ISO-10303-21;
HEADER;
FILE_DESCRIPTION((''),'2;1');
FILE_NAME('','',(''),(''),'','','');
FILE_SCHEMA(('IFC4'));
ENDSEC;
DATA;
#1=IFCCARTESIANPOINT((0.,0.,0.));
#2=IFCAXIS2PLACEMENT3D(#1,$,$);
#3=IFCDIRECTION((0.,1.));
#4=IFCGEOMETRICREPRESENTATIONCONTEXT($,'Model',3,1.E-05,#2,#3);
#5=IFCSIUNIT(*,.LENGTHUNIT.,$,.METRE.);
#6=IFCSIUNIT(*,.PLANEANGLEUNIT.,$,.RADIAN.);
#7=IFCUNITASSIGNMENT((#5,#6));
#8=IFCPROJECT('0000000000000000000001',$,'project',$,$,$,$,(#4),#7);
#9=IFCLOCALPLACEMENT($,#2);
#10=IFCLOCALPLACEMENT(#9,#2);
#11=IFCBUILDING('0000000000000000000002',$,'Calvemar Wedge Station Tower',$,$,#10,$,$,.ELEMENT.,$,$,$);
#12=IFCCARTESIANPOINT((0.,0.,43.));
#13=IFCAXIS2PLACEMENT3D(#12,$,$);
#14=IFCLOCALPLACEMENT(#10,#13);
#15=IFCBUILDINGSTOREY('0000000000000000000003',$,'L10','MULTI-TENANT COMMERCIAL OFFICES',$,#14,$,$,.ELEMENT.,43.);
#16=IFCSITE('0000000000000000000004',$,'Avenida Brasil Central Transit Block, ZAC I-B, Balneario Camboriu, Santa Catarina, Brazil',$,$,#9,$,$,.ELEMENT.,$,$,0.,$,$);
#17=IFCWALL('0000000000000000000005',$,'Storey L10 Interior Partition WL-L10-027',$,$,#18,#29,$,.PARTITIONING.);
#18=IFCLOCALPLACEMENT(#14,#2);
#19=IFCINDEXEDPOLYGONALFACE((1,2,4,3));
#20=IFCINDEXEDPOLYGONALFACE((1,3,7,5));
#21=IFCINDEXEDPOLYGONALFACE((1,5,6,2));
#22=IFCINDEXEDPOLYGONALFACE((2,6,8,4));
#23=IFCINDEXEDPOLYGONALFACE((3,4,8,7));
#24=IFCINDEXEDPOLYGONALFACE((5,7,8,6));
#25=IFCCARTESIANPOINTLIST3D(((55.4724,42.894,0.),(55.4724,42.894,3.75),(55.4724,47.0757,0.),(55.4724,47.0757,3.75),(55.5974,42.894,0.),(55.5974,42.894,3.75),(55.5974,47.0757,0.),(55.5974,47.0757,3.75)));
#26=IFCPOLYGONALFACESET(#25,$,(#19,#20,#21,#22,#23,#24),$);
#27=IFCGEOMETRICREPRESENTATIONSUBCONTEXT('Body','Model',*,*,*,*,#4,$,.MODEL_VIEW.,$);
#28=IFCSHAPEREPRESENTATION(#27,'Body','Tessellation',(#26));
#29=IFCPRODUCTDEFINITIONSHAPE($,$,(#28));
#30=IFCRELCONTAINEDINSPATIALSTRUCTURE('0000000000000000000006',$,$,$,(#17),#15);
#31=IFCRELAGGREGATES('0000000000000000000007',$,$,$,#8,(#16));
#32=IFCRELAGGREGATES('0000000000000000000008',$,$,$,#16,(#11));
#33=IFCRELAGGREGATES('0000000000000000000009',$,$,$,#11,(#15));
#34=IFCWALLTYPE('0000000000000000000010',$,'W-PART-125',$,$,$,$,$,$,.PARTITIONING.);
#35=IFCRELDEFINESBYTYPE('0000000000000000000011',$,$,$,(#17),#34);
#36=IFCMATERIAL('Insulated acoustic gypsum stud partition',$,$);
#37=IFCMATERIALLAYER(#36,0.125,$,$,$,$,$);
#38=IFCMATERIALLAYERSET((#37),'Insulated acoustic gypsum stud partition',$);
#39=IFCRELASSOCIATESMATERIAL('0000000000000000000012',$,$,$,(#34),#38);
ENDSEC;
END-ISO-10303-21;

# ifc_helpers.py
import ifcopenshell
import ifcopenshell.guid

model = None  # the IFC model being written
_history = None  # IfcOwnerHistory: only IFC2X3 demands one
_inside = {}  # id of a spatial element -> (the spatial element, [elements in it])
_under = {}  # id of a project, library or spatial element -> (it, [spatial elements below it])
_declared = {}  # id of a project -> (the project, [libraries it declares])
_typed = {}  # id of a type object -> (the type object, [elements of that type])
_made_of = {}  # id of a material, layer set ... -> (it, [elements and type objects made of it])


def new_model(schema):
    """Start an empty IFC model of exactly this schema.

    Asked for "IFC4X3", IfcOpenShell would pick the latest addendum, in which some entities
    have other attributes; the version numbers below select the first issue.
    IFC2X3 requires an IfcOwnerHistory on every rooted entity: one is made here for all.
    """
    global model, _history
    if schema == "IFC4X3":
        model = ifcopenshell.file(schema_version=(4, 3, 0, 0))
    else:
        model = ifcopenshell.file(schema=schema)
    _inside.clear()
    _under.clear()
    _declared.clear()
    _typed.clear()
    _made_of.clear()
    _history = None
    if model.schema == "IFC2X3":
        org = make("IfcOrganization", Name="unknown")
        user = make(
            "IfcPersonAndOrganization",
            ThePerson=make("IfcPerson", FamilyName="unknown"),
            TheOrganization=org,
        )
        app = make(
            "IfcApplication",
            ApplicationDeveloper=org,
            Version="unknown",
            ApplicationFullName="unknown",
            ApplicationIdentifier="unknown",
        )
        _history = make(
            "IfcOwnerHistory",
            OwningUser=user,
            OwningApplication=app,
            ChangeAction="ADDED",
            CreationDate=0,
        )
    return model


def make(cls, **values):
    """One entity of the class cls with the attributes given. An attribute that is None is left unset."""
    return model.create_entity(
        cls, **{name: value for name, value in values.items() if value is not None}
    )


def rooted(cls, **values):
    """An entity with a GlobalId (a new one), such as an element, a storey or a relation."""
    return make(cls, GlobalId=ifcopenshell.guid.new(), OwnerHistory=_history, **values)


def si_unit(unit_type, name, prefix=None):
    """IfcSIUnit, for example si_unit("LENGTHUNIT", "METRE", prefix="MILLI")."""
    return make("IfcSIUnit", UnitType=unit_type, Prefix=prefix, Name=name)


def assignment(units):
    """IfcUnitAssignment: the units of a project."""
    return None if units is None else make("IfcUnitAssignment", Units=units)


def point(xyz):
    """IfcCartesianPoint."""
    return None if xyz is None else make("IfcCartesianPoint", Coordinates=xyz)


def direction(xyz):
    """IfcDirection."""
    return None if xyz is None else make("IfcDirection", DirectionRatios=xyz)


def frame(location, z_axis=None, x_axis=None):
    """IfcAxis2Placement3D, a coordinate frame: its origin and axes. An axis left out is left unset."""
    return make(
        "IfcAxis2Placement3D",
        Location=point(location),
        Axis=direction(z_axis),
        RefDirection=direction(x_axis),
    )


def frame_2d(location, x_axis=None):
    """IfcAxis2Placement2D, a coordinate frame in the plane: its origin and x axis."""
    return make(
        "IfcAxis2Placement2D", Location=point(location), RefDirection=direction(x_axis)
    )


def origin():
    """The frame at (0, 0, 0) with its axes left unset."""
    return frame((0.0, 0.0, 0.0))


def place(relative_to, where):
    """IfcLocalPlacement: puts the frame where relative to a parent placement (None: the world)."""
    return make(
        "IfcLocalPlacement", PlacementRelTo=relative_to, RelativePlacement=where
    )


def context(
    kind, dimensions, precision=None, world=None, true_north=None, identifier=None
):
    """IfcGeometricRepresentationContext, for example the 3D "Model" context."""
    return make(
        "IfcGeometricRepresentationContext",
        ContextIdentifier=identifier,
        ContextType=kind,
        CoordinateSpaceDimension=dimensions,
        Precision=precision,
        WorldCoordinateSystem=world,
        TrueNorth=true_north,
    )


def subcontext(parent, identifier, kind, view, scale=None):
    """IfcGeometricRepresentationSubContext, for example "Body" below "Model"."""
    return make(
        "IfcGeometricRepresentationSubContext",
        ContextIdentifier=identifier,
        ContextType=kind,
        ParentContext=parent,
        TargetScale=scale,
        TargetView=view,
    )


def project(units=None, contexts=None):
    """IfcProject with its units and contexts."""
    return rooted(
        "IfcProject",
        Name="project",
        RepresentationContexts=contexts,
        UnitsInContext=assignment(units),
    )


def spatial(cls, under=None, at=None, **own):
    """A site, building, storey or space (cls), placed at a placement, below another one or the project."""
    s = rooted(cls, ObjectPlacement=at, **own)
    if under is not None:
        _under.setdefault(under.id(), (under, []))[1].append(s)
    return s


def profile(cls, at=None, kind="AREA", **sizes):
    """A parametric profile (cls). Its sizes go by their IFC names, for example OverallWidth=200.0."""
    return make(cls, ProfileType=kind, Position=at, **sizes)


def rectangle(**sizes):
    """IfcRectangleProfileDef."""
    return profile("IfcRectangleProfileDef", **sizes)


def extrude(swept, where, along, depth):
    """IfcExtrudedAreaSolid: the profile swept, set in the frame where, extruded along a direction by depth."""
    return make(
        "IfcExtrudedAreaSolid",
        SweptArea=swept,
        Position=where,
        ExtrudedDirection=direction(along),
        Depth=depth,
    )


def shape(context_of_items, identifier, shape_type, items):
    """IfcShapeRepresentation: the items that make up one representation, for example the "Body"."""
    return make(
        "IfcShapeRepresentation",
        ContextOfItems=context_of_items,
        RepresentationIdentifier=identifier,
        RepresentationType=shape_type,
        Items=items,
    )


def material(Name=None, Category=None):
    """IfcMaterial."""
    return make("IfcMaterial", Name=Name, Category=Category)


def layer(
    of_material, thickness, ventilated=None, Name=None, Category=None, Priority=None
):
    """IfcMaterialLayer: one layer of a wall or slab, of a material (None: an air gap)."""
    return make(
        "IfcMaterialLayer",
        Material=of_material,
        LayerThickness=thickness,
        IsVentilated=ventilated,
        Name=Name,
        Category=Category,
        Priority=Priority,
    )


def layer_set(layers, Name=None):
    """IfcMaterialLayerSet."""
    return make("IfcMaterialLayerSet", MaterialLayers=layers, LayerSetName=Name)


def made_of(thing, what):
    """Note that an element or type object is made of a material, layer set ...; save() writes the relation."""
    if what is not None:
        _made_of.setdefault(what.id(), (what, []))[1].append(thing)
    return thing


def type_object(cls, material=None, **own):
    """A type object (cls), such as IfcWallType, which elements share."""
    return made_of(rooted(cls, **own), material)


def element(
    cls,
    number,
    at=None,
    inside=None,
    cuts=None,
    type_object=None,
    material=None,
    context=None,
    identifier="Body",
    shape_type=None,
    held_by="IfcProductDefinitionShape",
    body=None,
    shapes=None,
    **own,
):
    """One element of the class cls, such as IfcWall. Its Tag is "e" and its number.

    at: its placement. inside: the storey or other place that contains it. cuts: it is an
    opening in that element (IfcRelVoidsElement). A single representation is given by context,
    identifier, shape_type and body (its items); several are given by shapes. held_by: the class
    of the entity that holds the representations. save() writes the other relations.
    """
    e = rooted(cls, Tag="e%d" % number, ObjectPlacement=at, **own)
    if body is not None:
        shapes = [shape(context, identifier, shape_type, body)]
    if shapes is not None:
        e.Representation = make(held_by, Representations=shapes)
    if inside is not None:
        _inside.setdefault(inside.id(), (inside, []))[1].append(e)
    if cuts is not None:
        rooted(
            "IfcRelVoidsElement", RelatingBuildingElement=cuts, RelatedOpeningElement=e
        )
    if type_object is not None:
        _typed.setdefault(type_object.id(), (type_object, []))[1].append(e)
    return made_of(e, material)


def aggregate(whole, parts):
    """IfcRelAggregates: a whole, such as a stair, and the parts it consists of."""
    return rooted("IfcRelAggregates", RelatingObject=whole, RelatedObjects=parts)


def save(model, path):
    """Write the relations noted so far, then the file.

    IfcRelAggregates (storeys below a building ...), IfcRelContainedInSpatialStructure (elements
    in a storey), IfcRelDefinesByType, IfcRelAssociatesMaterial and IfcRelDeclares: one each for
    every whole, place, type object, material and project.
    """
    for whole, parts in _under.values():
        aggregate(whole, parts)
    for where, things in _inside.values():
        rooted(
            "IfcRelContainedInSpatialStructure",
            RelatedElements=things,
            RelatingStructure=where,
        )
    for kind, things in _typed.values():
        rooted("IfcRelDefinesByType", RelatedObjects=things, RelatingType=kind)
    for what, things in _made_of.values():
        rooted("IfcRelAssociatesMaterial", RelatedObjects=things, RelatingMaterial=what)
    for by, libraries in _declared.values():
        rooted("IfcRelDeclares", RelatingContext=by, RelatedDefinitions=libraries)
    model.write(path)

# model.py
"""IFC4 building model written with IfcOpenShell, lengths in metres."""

from ifc_helpers import new_model, si_unit, direction, frame, frame_2d, origin, place, context, subcontext, project, spatial, rectangle, extrude, material, layer, layer_set, type_object, element, save


model = new_model("IFC4")

# Units and contexts
model_context = context("Model", 3, precision=1e-05, world=origin(), true_north=direction((0.0, 1.0)))
body_context = subcontext(model_context, "Body", "Model", "MODEL_VIEW")
ifc_project = project(units=[si_unit("LENGTHUNIT", "METRE"), si_unit("PLANEANGLEUNIT", "RADIAN")], contexts=[model_context])

# Site, building, storey
site_placement = place(None, origin())
site = spatial("IfcSite", under=ifc_project, at=site_placement, Name="Avenida Brasil Central Transit Block, ZAC I-B, Balneario Camboriu, Santa Catarina, Brazil", CompositionType="ELEMENT", RefElevation=0.0)
building_placement = place(site_placement, origin())
building = spatial("IfcBuilding", under=site, at=building_placement, Name="Calvemar Wedge Station Tower", CompositionType="ELEMENT")
storey_placement = place(building_placement, frame((0.0, 0.0, 43.0)))
storey = spatial("IfcBuildingStorey", under=building, at=storey_placement, Name="L10", Description="MULTI-TENANT COMMERCIAL OFFICES", CompositionType="ELEMENT", Elevation=43.0)

# Wall
ifc_material_1 = material(Name="Insulated acoustic gypsum stud partition")
ifc_layer_1 = layer(ifc_material_1, 0.125)
ifc_layer_set_1 = layer_set([ifc_layer_1], Name="Insulated acoustic gypsum stud partition")
wall_type_1 = type_object("IfcWallType", Name="W-PART-125", PredefinedType="PARTITIONING", material=ifc_layer_set_1)
wall_1_placement = place(storey_placement, frame((55.5349, 47.0757, 0.0), z_axis=(0.0, 0.0, 1.0), x_axis=(0.0, -1.0, 0.0)))
element("IfcWall", 1, at=wall_1_placement, inside=storey, type_object=wall_type_1, Name="Storey L10 Interior Partition WL-L10-027", PredefinedType="PARTITIONING", context=body_context, shape_type="SweptSolid", body=[
    extrude(rectangle(XDim=4.1816, YDim=0.125, at=frame_2d((2.0908, 0.0))), origin(), (0.0, 0.0, 1.0), 3.75),
])

save(model, "model.ifc")
